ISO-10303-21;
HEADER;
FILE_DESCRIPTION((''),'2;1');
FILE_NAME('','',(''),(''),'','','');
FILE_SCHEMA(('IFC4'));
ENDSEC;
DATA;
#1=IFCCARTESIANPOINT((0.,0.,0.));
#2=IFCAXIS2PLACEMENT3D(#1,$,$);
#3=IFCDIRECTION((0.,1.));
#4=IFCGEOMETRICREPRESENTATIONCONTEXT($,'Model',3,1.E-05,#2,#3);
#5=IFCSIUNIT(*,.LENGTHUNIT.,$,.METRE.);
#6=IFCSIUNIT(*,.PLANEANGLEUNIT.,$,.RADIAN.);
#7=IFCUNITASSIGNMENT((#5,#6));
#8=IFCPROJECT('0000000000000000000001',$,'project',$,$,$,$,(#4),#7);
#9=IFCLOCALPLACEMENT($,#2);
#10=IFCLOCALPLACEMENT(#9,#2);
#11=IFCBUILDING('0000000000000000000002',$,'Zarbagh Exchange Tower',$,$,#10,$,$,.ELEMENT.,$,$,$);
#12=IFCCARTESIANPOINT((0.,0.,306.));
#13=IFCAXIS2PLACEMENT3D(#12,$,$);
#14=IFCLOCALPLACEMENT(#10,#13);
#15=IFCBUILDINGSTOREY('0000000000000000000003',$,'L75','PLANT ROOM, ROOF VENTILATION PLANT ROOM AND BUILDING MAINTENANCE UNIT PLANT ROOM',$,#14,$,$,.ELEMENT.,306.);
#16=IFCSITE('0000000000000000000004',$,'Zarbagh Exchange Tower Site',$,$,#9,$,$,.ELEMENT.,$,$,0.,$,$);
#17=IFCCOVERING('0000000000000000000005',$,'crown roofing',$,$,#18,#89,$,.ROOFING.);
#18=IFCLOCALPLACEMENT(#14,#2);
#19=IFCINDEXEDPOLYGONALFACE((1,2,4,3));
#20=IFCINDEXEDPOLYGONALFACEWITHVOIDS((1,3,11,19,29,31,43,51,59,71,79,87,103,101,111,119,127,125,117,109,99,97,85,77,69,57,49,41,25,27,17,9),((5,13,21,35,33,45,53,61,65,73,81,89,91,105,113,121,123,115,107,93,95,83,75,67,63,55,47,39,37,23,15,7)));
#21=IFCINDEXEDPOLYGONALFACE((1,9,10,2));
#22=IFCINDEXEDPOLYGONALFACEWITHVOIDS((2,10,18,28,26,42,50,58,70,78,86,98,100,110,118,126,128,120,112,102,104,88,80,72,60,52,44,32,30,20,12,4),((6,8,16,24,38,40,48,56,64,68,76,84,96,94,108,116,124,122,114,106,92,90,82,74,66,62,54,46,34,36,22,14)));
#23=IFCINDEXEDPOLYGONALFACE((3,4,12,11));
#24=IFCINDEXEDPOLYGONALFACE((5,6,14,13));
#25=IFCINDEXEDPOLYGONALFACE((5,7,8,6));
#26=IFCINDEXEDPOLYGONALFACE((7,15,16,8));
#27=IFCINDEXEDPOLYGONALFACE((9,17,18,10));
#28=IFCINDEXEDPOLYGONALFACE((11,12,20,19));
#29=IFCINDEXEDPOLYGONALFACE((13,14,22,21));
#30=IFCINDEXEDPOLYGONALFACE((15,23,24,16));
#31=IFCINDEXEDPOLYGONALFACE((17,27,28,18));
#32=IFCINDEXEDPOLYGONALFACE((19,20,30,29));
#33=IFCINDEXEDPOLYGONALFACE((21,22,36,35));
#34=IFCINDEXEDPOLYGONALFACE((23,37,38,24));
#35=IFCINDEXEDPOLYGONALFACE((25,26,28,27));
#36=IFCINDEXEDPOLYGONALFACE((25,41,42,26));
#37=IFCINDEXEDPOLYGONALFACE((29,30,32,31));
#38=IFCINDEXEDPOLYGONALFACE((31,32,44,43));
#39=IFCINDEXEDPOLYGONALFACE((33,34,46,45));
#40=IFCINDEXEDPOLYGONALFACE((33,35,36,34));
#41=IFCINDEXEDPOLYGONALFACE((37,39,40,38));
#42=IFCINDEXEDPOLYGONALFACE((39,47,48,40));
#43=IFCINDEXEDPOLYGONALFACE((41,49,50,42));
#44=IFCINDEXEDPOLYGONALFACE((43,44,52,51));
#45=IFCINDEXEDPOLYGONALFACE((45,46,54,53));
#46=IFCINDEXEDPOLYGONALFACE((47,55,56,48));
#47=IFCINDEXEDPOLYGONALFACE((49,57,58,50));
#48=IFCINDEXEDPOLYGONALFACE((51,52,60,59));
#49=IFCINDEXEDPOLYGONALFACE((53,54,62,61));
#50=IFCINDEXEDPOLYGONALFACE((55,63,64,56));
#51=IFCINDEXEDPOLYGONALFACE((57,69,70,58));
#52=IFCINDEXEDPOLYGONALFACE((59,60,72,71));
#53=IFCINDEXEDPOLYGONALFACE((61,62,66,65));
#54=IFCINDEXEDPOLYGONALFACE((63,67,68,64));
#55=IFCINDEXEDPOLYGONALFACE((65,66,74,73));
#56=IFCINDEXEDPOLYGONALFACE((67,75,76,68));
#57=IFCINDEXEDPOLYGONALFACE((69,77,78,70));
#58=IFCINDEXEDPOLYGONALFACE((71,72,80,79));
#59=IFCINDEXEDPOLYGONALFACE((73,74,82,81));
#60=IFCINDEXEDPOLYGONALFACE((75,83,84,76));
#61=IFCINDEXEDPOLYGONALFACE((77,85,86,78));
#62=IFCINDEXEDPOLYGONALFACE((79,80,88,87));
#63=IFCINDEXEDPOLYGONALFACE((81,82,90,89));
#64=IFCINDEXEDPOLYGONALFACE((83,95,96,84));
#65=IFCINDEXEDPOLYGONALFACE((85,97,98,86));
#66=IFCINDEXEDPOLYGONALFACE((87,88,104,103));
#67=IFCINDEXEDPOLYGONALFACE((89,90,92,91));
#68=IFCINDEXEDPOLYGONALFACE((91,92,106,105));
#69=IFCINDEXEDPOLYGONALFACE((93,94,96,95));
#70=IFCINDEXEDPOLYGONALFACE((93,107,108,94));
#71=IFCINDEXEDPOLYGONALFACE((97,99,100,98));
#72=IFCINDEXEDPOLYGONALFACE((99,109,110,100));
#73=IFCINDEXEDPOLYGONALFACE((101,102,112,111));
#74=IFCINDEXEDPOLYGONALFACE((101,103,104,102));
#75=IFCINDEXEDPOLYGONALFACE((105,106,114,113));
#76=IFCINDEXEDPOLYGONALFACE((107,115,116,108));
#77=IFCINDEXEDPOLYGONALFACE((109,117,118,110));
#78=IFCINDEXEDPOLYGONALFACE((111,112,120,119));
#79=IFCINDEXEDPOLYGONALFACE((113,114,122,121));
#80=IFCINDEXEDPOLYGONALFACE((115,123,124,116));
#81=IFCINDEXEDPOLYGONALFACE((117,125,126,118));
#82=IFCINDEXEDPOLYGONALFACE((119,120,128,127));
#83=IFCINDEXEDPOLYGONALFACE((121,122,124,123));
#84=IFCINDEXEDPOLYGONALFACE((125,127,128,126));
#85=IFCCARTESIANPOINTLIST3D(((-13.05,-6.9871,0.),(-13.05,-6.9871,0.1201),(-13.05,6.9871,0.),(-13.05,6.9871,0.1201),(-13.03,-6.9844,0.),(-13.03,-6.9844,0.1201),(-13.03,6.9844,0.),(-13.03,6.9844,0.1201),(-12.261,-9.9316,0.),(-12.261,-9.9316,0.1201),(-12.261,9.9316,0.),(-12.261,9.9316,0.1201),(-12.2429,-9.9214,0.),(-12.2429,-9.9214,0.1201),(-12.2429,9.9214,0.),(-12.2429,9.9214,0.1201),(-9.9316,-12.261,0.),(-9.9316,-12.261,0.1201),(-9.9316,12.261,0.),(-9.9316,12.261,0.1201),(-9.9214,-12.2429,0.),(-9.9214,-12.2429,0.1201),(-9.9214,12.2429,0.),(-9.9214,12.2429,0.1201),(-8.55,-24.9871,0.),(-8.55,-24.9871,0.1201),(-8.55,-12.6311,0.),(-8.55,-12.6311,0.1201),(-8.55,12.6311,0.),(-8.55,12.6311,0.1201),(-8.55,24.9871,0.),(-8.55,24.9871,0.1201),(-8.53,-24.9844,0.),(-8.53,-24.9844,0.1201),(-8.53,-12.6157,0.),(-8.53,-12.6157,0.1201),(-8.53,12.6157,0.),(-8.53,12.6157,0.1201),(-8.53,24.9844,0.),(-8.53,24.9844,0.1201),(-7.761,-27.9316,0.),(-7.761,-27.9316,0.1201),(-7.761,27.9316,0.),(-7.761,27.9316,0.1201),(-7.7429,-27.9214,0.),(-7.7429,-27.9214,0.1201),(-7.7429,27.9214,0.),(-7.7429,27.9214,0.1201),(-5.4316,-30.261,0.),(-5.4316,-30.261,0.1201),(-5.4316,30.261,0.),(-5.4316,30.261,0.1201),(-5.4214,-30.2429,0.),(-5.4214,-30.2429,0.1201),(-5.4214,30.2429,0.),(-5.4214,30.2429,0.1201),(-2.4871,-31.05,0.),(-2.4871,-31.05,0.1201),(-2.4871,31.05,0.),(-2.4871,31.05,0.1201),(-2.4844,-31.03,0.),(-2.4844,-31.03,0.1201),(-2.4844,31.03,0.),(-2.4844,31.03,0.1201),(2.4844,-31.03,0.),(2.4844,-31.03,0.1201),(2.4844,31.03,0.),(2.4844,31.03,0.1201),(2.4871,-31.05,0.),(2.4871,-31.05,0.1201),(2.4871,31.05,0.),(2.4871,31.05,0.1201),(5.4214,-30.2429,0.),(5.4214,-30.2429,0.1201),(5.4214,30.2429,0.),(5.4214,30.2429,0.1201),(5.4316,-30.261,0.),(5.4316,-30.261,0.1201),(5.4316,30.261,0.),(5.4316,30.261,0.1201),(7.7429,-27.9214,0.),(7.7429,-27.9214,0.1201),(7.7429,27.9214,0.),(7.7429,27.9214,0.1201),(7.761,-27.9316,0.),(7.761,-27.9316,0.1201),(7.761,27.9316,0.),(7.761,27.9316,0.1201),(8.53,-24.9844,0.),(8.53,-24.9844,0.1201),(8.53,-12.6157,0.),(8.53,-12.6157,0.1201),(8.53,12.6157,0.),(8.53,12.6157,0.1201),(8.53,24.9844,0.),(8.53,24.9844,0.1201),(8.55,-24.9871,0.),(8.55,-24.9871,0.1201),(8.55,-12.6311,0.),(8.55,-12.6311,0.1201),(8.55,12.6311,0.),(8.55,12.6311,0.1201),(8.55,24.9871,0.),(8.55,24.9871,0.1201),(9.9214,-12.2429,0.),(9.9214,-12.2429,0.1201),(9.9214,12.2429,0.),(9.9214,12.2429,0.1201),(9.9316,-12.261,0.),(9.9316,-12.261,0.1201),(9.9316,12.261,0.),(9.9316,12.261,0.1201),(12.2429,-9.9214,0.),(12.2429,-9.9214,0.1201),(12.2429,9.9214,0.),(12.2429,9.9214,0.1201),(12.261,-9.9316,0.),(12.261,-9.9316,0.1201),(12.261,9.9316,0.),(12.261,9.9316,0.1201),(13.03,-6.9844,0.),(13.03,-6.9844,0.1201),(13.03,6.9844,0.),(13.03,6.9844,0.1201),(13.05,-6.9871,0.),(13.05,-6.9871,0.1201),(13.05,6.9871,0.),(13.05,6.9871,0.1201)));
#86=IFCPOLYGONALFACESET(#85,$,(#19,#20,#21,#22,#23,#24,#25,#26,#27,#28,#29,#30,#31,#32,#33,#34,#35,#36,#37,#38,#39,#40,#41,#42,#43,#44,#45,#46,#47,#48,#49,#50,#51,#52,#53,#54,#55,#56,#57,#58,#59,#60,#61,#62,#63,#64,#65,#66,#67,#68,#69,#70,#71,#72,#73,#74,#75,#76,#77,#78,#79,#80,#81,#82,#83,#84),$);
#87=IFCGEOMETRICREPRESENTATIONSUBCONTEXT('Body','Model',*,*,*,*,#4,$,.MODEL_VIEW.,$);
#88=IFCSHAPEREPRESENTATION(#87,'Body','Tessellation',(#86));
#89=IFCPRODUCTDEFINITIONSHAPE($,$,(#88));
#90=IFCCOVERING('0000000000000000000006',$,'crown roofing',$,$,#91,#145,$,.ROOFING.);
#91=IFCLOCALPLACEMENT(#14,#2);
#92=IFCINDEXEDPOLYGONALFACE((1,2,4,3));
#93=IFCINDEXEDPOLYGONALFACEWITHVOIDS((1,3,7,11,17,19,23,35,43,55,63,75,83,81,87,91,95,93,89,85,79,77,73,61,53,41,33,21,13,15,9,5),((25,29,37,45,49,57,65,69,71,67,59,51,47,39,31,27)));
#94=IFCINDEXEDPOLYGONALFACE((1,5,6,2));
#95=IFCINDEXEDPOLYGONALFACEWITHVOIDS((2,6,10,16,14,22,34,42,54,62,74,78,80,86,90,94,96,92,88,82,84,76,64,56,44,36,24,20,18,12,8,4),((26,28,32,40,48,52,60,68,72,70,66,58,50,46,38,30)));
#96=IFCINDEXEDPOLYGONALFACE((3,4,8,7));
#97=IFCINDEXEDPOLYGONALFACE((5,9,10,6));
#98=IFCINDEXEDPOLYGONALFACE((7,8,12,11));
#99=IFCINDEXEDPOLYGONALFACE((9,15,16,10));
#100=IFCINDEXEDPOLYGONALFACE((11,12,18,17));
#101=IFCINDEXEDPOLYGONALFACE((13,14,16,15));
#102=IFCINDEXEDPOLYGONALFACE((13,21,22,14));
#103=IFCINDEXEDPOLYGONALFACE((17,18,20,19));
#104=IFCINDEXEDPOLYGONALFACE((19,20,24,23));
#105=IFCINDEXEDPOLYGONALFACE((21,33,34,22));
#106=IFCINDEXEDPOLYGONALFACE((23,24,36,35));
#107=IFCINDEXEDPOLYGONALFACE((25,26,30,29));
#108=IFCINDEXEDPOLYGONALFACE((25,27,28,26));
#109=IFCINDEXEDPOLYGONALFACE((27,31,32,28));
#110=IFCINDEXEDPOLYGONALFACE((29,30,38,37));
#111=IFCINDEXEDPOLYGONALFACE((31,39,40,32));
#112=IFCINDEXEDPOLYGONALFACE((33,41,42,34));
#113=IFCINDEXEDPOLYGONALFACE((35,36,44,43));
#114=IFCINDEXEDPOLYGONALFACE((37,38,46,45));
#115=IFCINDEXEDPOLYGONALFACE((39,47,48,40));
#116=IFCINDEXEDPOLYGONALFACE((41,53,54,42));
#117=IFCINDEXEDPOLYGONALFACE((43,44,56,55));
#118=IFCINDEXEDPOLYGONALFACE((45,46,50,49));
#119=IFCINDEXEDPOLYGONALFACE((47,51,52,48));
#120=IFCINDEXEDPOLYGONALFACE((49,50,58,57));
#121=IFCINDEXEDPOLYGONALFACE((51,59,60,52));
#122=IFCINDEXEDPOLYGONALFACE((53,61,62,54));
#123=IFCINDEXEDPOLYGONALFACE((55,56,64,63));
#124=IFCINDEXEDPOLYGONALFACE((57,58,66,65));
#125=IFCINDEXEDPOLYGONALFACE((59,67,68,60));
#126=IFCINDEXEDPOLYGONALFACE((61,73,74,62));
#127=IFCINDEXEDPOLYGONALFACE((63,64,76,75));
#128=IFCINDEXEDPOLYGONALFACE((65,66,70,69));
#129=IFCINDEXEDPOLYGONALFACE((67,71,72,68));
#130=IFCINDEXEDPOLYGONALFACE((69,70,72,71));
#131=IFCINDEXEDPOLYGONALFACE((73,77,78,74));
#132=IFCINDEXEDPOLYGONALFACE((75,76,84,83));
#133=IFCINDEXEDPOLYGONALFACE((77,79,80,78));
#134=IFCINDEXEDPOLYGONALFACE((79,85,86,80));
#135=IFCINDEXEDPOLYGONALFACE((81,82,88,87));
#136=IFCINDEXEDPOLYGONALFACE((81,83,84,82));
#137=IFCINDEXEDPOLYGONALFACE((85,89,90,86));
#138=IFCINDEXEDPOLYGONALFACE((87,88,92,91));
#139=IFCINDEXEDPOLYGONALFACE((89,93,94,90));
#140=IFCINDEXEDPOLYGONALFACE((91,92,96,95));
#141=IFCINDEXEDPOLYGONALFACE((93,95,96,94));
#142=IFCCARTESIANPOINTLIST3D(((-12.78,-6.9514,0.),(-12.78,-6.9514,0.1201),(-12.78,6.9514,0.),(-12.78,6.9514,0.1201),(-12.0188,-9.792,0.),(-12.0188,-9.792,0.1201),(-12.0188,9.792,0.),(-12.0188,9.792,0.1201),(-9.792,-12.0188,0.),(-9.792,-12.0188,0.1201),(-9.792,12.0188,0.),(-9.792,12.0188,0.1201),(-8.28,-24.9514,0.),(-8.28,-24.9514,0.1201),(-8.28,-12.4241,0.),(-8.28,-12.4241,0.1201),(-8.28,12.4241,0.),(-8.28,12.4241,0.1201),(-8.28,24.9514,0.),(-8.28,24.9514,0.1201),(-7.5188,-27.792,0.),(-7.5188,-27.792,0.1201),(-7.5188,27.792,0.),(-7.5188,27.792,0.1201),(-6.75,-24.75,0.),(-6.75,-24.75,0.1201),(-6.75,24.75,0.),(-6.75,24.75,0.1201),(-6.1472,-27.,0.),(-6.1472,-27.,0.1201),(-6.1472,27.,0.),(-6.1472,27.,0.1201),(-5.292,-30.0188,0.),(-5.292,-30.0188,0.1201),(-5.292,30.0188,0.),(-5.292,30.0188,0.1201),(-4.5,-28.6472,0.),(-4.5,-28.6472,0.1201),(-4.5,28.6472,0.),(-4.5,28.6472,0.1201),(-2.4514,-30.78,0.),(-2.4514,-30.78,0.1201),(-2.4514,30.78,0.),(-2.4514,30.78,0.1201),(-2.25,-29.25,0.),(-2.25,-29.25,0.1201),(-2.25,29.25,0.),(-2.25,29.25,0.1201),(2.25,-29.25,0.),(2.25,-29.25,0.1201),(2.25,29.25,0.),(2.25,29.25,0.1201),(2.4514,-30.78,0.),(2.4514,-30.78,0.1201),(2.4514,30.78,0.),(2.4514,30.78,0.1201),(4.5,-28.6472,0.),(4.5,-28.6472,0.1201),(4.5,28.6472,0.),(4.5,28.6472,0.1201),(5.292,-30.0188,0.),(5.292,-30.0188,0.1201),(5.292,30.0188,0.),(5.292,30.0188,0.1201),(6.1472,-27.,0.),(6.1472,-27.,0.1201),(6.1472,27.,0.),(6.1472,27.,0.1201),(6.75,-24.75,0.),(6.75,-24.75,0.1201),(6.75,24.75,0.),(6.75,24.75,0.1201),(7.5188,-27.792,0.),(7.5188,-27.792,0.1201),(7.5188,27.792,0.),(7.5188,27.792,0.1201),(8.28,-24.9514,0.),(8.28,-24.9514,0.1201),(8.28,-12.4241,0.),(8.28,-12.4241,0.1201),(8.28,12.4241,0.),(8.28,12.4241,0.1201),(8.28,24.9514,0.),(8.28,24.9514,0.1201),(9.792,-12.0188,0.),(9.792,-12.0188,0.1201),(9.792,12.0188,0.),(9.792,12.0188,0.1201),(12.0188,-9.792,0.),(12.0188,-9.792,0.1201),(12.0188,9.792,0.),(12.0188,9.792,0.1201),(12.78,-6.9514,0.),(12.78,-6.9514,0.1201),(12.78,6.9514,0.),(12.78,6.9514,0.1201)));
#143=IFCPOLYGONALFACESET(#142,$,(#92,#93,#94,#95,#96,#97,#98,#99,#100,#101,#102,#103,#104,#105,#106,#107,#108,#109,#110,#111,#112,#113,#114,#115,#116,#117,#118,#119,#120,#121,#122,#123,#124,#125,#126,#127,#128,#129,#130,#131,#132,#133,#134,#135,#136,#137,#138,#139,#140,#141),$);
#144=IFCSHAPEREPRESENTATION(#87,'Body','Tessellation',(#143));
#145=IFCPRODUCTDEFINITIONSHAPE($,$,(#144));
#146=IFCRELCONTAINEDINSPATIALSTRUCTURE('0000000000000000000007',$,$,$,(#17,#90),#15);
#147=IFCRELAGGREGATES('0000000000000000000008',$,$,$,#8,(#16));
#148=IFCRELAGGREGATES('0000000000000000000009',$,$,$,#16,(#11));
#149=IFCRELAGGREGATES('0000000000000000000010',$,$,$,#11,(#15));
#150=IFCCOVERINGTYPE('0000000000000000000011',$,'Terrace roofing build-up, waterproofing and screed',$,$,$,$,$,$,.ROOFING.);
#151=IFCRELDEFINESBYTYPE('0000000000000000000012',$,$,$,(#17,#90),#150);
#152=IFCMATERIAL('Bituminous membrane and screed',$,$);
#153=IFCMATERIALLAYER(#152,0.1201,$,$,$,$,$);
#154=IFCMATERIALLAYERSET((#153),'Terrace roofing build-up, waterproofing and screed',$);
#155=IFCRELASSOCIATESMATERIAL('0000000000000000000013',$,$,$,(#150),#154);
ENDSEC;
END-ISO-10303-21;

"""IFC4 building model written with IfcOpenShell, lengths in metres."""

from ifc_helpers import new_model, si_unit, direction, frame, origin, place, context, subcontext, project, spatial, polyline, outline, extrude, material, layer, layer_set, type_object, element, save


model = new_model("IFC4")

# Units and contexts
model_context = context("Model", 3, precision=1e-05, world=origin(), true_north=direction((0.0, 1.0)))
body_context = subcontext(model_context, "Body", "Model", "MODEL_VIEW")
ifc_project = project(units=[si_unit("LENGTHUNIT", "METRE"), si_unit("PLANEANGLEUNIT", "RADIAN")], contexts=[model_context])

# Site, building, storey
site_placement = place(None, origin())
site = spatial("IfcSite", under=ifc_project, at=site_placement, Name="Zarbagh Exchange Tower Site", CompositionType="ELEMENT", RefElevation=0.0)
building_placement = place(site_placement, origin())
building = spatial("IfcBuilding", under=site, at=building_placement, Name="Zarbagh Exchange Tower", CompositionType="ELEMENT")
storey_placement = place(building_placement, frame((0.0, 0.0, 306.0)))
storey = spatial("IfcBuildingStorey", under=building, at=storey_placement, Name="L75", Description="PLANT ROOM, ROOF VENTILATION PLANT ROOM AND BUILDING MAINTENANCE UNIT PLANT ROOM", CompositionType="ELEMENT", Elevation=306.0)

# Coverings
ifc_material_1 = material(Name="Bituminous membrane and screed")
ifc_layer_1 = layer(ifc_material_1, 0.1201)
ifc_layer_set_1 = layer_set([ifc_layer_1], Name="Terrace roofing build-up, waterproofing and screed")
covering_type = type_object("IfcCoveringType", Name="Terrace roofing build-up, waterproofing and screed", PredefinedType="ROOFING", material=ifc_layer_set_1)
covering_1_placement = place(storey_placement, origin())
element("IfcCovering", 1, at=covering_1_placement, inside=storey, type_object=covering_type, Name="crown roofing", PredefinedType="ROOFING", context=body_context, shape_type="SweptSolid", body=[
    extrude(outline(polyline([(-5.4316, -30.261), (-7.761, -27.9316), (-8.55, -24.9871), (-8.55, -12.6311), (-9.9316, -12.261), (-12.261, -9.9316), (-13.05, -6.9871), (-13.05, 6.9871), (-12.261, 9.9316), (-9.9316, 12.261), (-8.55, 12.6311), (-8.55, 24.9871), (-7.761, 27.9316), (-5.4316, 30.261), (-2.4871, 31.05), (2.4871, 31.05), (5.4316, 30.261), (7.761, 27.9316), (8.55, 24.9871), (8.55, 12.6311), (9.9316, 12.261), (12.261, 9.9316), (13.05, 6.9871), (13.05, -6.9871), (12.261, -9.9316), (9.9316, -12.261), (8.55, -12.6311), (8.55, -24.9871), (7.761, -27.9316), (5.4316, -30.261), (2.4871, -31.05), (-2.4871, -31.05), (-5.4316, -30.261)]), holes=[polyline([(-8.53, -24.9844), (-7.7429, -27.9214), (-5.4214, -30.2429), (-2.4844, -31.03), (2.4844, -31.03), (5.4214, -30.2429), (7.7429, -27.9214), (8.53, -24.9844), (8.53, -12.6157), (9.9214, -12.2429), (12.2429, -9.9214), (13.03, -6.9844), (13.03, 6.9844), (12.2429, 9.9214), (9.9214, 12.2429), (8.53, 12.6157), (8.53, 24.9844), (7.7429, 27.9214), (5.4214, 30.2429), (2.4844, 31.03), (-2.4844, 31.03), (-5.4214, 30.2429), (-7.7429, 27.9214), (-8.53, 24.9844), (-8.53, 12.6157), (-9.9214, 12.2429), (-12.2429, 9.9214), (-13.03, 6.9844), (-13.03, -6.9844), (-12.2429, -9.9214), (-9.9214, -12.2429), (-8.53, -12.6157), (-8.53, -24.9844)])]), origin(), (0.0, 0.0, 1.0), 0.1201),
])
covering_2_placement = place(storey_placement, origin())
element("IfcCovering", 2, at=covering_2_placement, inside=storey, type_object=covering_type, Name="crown roofing", PredefinedType="ROOFING", context=body_context, shape_type="SweptSolid", body=[
    extrude(outline(polyline([(-2.4514, 30.78), (2.4514, 30.78), (5.292, 30.0188), (7.5188, 27.792), (8.28, 24.9514), (8.28, 12.4241), (9.792, 12.0188), (12.0188, 9.792), (12.78, 6.9514), (12.78, -6.9514), (12.0188, -9.792), (9.792, -12.0188), (8.28, -12.4241), (8.28, -24.9514), (7.5188, -27.792), (5.292, -30.0188), (2.4514, -30.78), (-2.4514, -30.78), (-5.292, -30.0188), (-7.5188, -27.792), (-8.28, -24.9514), (-8.28, -12.4241), (-9.792, -12.0188), (-12.0188, -9.792), (-12.78, -6.9514), (-12.78, 6.9514), (-12.0188, 9.792), (-9.792, 12.0188), (-8.28, 12.4241), (-8.28, 24.9514), (-7.5188, 27.792), (-5.292, 30.0188), (-2.4514, 30.78)]), holes=[polyline([(6.1472, -27.0), (6.75, -24.75), (6.75, 24.75), (6.1472, 27.0), (4.5, 28.6472), (2.25, 29.25), (-2.25, 29.25), (-4.5, 28.6472), (-6.1472, 27.0), (-6.75, 24.75), (-6.75, -24.75), (-6.1472, -27.0), (-4.5, -28.6472), (-2.25, -29.25), (2.25, -29.25), (4.5, -28.6472), (6.1472, -27.0)])]), origin(), (0.0, 0.0, 1.0), 0.1201),
])

save(model, "model.ifc")
